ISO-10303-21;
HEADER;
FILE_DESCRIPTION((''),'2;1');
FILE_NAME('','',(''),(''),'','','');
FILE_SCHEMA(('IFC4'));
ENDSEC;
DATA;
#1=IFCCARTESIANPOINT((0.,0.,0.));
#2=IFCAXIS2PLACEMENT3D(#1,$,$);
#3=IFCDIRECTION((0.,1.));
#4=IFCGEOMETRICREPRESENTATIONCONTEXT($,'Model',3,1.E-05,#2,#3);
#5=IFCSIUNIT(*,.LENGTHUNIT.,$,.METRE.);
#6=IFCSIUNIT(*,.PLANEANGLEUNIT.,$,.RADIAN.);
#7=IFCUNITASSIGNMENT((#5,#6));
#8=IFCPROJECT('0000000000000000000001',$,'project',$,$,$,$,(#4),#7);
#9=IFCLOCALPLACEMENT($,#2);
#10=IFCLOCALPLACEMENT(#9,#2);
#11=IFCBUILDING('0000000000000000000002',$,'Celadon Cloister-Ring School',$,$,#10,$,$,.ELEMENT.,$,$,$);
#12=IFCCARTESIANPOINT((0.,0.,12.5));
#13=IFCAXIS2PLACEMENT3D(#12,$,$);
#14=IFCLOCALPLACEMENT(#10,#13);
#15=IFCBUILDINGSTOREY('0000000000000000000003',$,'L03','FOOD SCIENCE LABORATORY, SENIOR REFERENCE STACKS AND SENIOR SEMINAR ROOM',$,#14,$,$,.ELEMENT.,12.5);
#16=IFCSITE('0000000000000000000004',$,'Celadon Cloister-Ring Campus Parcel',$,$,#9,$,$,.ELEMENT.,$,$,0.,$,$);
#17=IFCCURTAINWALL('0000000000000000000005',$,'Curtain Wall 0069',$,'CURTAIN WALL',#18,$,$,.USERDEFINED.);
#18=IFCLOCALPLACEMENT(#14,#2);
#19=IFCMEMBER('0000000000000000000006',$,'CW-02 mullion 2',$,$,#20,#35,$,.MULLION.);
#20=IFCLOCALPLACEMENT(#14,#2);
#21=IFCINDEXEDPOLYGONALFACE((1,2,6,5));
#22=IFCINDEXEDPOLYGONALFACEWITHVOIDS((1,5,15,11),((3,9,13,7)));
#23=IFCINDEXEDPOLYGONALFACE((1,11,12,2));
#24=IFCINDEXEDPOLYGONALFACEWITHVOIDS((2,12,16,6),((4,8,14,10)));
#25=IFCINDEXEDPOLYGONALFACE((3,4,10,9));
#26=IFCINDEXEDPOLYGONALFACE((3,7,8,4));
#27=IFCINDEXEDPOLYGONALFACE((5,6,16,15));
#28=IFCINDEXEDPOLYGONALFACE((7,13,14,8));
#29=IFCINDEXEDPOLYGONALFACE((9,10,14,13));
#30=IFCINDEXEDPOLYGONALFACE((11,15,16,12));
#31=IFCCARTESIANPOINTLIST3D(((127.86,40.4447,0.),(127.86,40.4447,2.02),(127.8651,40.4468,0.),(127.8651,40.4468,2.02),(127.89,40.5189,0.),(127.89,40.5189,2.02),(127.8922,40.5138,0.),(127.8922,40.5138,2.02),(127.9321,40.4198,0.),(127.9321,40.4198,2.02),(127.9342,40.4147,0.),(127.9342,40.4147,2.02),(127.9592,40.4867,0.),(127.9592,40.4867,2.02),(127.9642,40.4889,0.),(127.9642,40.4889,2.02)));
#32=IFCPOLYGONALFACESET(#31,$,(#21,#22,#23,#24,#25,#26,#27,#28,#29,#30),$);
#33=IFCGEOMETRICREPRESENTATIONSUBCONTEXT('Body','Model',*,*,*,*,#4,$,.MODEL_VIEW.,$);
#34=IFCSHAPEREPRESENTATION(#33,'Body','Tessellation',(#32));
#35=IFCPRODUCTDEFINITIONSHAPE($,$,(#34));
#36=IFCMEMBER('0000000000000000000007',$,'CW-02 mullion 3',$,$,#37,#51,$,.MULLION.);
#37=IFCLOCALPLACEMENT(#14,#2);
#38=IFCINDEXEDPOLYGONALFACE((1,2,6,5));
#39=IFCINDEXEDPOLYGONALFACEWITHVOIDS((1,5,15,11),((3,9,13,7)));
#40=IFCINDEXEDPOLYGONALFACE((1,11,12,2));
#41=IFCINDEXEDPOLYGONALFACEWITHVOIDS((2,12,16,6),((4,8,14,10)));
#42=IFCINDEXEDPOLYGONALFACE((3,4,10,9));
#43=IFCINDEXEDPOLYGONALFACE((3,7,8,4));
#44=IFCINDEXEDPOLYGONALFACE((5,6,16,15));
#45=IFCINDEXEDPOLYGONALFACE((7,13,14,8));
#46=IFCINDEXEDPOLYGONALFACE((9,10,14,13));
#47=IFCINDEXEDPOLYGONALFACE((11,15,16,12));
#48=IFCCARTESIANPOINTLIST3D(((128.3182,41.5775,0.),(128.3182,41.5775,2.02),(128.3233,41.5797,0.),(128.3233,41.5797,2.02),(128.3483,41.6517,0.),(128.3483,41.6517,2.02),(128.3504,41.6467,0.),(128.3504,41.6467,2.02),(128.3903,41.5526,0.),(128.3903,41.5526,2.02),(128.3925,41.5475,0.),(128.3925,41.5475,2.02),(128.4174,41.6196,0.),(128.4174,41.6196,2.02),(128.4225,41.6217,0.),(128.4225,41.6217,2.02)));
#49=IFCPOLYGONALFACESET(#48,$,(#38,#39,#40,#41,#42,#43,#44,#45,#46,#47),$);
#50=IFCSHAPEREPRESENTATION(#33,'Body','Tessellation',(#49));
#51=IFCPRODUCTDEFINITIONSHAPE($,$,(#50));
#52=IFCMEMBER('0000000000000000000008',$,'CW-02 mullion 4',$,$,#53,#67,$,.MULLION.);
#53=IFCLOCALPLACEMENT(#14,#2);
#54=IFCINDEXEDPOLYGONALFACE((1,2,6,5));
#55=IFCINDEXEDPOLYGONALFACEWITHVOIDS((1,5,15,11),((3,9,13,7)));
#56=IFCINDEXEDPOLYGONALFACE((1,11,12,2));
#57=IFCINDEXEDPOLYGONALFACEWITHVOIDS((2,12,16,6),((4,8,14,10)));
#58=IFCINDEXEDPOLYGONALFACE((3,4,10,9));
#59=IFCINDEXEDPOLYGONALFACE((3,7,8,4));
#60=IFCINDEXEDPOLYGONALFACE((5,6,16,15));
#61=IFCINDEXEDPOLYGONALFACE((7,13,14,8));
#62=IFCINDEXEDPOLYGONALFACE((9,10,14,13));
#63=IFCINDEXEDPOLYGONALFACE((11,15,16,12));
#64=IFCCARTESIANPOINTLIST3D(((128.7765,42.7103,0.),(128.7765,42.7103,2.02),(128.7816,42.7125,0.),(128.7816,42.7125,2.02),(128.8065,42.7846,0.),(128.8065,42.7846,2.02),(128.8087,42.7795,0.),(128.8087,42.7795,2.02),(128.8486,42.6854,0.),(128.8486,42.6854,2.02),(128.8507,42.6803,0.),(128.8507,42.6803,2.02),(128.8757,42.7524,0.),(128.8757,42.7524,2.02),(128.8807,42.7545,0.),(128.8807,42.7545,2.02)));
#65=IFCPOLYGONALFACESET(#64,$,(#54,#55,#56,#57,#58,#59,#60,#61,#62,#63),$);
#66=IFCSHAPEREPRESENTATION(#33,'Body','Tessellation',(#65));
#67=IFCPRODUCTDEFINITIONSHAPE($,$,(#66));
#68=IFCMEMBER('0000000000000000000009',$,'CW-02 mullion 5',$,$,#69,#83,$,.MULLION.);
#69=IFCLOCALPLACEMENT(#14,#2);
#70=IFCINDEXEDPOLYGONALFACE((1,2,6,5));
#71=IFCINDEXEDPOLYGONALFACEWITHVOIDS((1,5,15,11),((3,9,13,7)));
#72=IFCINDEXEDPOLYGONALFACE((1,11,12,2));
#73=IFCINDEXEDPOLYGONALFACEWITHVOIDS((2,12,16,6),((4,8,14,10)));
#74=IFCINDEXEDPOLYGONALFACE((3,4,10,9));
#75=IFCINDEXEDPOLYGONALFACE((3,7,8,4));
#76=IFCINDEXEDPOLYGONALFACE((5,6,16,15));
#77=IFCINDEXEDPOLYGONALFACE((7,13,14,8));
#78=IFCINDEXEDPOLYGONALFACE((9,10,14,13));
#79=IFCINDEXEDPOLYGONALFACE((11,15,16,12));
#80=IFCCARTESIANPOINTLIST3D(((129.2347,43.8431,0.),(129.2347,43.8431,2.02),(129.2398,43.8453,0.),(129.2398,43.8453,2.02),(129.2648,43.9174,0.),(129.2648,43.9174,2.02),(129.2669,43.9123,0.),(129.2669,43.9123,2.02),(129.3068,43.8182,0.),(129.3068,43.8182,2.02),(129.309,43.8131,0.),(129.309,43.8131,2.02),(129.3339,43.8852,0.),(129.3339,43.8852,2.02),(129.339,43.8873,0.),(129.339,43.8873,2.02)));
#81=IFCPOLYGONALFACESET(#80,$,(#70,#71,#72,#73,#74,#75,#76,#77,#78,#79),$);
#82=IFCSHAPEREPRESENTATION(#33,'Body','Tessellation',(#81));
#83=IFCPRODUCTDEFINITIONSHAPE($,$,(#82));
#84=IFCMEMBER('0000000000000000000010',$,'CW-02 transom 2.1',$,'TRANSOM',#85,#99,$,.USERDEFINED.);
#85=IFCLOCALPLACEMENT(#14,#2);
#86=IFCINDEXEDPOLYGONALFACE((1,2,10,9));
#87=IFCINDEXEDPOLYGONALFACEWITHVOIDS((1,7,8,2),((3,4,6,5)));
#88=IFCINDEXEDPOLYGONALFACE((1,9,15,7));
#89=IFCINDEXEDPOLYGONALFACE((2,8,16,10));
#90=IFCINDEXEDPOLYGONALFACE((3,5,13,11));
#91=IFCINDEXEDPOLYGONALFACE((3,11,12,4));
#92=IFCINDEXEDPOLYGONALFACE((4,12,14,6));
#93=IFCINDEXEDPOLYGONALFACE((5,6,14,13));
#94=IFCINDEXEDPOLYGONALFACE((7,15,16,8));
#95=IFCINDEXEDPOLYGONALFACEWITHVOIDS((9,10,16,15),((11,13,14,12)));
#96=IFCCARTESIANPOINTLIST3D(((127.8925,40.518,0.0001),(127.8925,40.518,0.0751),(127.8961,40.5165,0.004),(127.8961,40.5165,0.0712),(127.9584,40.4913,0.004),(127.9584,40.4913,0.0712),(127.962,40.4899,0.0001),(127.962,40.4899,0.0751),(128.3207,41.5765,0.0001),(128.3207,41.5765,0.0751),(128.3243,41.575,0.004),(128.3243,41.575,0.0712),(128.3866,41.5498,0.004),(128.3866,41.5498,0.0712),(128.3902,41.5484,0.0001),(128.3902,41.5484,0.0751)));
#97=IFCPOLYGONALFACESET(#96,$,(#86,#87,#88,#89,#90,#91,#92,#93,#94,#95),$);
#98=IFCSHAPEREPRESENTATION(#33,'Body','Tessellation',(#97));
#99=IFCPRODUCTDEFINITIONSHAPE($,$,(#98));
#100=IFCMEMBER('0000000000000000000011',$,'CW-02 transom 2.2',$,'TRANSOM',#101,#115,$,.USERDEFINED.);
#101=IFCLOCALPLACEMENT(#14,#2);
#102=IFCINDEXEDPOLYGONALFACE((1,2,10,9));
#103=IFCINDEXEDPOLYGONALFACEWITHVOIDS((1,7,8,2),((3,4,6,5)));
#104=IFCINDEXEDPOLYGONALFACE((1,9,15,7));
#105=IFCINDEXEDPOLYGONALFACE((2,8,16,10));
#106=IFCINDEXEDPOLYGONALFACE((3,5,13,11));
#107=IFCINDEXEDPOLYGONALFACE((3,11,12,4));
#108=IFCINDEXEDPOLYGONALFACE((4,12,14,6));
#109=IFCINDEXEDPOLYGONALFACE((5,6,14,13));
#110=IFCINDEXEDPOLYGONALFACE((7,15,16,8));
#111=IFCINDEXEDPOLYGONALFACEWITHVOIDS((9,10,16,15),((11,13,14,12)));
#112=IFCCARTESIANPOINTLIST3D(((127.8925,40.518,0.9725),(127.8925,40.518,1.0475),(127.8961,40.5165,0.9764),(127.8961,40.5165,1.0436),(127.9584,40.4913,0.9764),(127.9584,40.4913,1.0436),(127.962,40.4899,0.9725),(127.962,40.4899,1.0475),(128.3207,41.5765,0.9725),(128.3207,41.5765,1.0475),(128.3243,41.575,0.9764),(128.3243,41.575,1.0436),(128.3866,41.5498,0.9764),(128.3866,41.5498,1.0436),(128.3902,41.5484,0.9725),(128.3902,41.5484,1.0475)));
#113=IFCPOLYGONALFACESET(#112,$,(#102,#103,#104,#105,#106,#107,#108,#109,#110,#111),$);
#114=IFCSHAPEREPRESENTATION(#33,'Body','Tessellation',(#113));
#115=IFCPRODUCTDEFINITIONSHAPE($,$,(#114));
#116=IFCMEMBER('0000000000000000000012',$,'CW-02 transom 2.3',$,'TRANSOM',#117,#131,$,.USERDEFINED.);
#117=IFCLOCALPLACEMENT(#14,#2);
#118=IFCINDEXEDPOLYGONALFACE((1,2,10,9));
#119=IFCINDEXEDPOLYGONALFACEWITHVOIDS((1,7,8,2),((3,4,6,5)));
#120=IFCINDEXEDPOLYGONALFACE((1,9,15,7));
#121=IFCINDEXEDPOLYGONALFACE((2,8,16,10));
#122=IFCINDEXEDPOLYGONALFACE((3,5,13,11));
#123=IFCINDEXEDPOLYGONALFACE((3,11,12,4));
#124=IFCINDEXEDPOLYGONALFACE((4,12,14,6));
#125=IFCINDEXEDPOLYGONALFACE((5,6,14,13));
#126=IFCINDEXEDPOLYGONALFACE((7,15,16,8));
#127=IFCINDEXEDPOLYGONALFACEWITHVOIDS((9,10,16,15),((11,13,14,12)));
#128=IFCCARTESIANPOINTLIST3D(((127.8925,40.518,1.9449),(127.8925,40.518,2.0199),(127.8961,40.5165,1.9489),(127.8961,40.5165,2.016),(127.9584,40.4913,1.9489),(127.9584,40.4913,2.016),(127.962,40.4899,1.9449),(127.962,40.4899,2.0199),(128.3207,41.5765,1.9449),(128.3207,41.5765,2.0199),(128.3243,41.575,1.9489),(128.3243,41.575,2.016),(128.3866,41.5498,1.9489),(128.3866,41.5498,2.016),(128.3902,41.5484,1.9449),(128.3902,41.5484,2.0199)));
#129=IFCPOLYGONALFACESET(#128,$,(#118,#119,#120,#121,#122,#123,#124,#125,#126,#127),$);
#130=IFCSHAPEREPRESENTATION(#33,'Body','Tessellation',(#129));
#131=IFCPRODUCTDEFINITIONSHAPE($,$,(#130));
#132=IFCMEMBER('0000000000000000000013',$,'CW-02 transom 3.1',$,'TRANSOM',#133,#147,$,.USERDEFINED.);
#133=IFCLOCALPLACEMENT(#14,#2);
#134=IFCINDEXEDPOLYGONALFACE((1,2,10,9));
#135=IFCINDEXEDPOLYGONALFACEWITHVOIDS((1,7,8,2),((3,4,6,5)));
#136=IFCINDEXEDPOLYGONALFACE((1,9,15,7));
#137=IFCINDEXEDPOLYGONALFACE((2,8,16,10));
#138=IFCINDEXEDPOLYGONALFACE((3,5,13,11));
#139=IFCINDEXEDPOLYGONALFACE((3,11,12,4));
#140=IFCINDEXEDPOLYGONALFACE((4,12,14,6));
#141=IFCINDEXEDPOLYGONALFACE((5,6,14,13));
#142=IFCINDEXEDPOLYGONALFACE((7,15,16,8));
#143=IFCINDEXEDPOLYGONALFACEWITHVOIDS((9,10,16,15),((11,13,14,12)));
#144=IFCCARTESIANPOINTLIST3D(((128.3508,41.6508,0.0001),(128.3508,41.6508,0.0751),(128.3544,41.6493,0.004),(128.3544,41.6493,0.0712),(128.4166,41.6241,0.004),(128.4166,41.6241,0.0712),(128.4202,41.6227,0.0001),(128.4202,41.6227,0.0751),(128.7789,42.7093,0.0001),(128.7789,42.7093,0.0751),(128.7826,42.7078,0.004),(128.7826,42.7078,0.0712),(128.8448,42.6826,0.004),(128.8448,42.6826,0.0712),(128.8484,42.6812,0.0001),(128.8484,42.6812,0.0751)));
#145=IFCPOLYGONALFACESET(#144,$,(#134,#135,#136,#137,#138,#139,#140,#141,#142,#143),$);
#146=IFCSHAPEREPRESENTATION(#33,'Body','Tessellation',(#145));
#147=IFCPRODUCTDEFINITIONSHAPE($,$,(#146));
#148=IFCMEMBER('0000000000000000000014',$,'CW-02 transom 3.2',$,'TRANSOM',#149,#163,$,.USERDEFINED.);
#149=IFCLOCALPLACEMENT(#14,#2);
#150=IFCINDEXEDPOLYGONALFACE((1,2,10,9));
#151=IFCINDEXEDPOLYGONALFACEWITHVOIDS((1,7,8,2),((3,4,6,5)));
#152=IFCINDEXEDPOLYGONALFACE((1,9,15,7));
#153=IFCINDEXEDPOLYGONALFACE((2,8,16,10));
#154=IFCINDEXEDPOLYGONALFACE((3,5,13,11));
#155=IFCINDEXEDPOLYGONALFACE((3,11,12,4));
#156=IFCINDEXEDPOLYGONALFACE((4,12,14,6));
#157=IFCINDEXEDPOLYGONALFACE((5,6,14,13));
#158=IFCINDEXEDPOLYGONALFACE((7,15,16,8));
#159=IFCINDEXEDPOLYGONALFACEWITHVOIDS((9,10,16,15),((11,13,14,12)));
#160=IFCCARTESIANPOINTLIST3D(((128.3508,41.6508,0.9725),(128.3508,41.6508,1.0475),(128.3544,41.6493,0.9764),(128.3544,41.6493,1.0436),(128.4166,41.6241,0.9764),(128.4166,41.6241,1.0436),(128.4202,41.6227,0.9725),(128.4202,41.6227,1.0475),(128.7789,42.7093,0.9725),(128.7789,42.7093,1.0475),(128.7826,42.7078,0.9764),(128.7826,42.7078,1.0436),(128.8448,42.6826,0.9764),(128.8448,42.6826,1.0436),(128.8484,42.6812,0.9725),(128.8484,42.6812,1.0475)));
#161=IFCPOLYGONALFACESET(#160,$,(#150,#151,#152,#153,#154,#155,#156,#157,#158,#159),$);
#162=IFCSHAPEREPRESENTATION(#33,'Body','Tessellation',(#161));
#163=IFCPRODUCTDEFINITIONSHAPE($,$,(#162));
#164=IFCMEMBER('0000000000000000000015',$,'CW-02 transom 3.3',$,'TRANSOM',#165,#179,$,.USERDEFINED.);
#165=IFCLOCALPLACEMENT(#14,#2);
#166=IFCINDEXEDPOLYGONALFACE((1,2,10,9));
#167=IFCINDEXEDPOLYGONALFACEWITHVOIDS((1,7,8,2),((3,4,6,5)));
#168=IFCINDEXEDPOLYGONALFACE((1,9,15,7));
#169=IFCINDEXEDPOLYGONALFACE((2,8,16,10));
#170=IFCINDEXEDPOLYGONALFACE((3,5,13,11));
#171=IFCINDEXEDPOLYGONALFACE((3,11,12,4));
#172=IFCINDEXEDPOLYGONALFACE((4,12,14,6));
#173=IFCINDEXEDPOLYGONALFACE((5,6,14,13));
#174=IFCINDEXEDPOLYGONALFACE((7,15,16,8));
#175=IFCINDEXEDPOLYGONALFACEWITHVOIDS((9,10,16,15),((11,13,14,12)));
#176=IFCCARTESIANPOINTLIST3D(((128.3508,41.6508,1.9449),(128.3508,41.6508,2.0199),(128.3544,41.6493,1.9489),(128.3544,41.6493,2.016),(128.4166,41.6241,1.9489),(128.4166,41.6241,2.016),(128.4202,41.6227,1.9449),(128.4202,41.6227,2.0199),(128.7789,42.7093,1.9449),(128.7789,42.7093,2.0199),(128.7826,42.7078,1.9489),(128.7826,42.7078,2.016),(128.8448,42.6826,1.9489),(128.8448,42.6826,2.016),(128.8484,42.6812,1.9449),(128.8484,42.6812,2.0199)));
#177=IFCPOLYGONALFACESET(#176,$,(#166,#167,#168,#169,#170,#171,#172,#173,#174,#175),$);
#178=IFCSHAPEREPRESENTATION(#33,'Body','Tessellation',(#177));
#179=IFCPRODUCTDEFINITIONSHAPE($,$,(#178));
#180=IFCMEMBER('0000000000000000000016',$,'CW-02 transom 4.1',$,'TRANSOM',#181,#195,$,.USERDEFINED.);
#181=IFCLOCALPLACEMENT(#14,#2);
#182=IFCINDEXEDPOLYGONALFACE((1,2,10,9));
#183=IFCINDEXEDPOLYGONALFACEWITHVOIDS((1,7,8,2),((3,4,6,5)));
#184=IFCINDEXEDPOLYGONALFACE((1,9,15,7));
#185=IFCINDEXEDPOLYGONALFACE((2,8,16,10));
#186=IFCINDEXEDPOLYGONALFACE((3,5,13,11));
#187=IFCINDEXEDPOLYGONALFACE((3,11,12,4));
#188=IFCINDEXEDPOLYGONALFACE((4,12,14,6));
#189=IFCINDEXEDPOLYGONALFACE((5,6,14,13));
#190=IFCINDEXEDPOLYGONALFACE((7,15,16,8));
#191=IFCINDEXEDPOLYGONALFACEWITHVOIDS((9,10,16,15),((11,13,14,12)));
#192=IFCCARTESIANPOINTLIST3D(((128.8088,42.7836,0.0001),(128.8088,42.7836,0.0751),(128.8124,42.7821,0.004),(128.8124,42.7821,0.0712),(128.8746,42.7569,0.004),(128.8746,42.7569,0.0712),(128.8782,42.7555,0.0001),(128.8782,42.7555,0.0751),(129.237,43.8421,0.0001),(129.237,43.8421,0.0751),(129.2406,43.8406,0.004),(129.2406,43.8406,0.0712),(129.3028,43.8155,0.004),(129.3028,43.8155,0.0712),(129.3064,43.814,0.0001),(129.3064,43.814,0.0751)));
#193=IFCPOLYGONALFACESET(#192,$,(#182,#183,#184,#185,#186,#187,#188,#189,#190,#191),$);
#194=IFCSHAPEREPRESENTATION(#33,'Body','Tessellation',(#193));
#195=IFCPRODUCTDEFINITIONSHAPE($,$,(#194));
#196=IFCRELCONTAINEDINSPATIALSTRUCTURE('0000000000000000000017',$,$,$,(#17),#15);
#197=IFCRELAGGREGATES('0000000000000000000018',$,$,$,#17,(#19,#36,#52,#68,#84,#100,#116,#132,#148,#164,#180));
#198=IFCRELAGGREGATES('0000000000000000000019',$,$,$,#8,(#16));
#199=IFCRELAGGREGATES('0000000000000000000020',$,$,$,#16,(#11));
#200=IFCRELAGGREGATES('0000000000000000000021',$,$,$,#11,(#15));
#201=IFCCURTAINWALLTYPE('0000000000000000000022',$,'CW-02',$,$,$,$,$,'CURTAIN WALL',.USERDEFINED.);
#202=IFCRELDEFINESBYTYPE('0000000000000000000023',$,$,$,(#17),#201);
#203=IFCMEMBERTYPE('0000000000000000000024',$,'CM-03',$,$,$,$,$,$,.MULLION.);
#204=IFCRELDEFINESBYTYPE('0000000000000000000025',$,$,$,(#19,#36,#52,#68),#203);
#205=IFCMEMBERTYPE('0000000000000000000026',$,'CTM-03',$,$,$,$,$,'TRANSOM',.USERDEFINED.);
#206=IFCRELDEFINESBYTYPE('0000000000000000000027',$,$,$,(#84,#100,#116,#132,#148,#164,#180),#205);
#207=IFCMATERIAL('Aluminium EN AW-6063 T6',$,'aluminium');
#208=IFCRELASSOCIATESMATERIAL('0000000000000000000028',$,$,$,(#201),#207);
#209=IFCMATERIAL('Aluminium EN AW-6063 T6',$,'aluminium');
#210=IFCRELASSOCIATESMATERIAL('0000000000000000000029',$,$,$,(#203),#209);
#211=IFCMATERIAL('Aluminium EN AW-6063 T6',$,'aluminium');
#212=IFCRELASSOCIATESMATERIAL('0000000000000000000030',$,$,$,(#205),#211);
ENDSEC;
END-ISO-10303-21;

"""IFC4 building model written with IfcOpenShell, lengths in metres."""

from ifc_helpers import new_model, si_unit, direction, frame, origin, origin_2d, place, context, subcontext, project, spatial, hollow_rectangle, extrude, material, material_profile, profile_set, type_object, element, aggregate, save


model = new_model("IFC4")

# Units and contexts
model_context = context("Model", 3, precision=1e-05, world=origin(), true_north=direction((0.0, 1.0)))
body_context = subcontext(model_context, "Body", "Model", "MODEL_VIEW")
ifc_project = project(units=[si_unit("LENGTHUNIT", "METRE"), si_unit("PLANEANGLEUNIT", "RADIAN")], contexts=[model_context])

# Site, building, storey
site_placement = place(None, origin())
site = spatial("IfcSite", under=ifc_project, at=site_placement, Name="Celadon Cloister-Ring Campus Parcel", CompositionType="ELEMENT", RefElevation=0.0)
building_placement = place(site_placement, origin())
building = spatial("IfcBuilding", under=site, at=building_placement, Name="Celadon Cloister-Ring School", CompositionType="ELEMENT")
storey_placement = place(building_placement, frame((0.0, 0.0, 12.5)))
storey = spatial("IfcBuildingStorey", under=building, at=storey_placement, Name="L03", Description="FOOD SCIENCE LABORATORY, SENIOR REFERENCE STACKS AND SENIOR SEMINAR ROOM", CompositionType="ELEMENT", Elevation=12.5)

# Curtain wall, members
ifc_material_1 = material(Name="Aluminium EN AW-6063 T6", Category="aluminium")
curtain_wall_type = type_object("IfcCurtainWallType", Name="CW-02", ElementType="CURTAIN WALL", PredefinedType="USERDEFINED", material=ifc_material_1)
curtain_wall_placement = place(storey_placement, origin())
curtain_wall = element("IfcCurtainWall", 1, at=curtain_wall_placement, inside=storey, type_object=curtain_wall_type, Name="Curtain Wall 0069", ObjectType="CURTAIN WALL", PredefinedType="USERDEFINED")
ifc_material_2 = material(Name="Aluminium EN AW-6063 T6", Category="aluminium")
ifc_material_profile_1 = material_profile(ifc_material_2, hollow_rectangle(XDim=0.0801, YDim=0.0801, WallThickness=0.0039, at=origin_2d()), Name="RHS80X80X4")
ifc_profile_set_1 = profile_set([ifc_material_profile_1], Name="Aluminium EN AW-6063 T6")
member_type_1 = type_object("IfcMemberType", Name="CM-03", PredefinedType="MULLION", material=ifc_profile_set_1)
member_1_placement = place(storey_placement, frame((127.9121, 40.4668, 0.0), z_axis=(0.0, 0.0, 1.0), x_axis=(-0.927036, 0.374972, 0.0)))
member_1 = element("IfcMember", 2, at=member_1_placement, type_object=member_type_1, Name="CW-02 mullion 2", PredefinedType="MULLION", context=body_context, shape_type="SweptSolid", body=[
    extrude(hollow_rectangle(XDim=0.0801, YDim=0.0801, WallThickness=0.0039, at=origin_2d()), origin(), (0.0, 0.0, 1.0), 2.02),
])
member_2_placement = place(storey_placement, frame((128.3704, 41.5996, 0.0), z_axis=(0.0, 0.0, 1.0), x_axis=(-0.927036, 0.374972, 0.0)))
member_2 = element("IfcMember", 3, at=member_2_placement, type_object=member_type_1, Name="CW-02 mullion 3", PredefinedType="MULLION", context=body_context, shape_type="SweptSolid", body=[
    extrude(hollow_rectangle(XDim=0.0801, YDim=0.0801, WallThickness=0.0039, at=origin_2d()), origin(), (0.0, 0.0, 1.0), 2.02),
])
member_3_placement = place(storey_placement, frame((128.8286, 42.7324, 0.0), z_axis=(0.0, 0.0, 1.0), x_axis=(-0.927036, 0.374972, 0.0)))
member_3 = element("IfcMember", 4, at=member_3_placement, type_object=member_type_1, Name="CW-02 mullion 4", PredefinedType="MULLION", context=body_context, shape_type="SweptSolid", body=[
    extrude(hollow_rectangle(XDim=0.0801, YDim=0.0801, WallThickness=0.0039, at=origin_2d()), origin(), (0.0, 0.0, 1.0), 2.02),
])
member_4_placement = place(storey_placement, frame((129.2869, 43.8652, 0.0), z_axis=(0.0, 0.0, 1.0), x_axis=(-0.927036, 0.374972, 0.0)))
member_4 = element("IfcMember", 5, at=member_4_placement, type_object=member_type_1, Name="CW-02 mullion 5", PredefinedType="MULLION", context=body_context, shape_type="SweptSolid", body=[
    extrude(hollow_rectangle(XDim=0.0801, YDim=0.0801, WallThickness=0.0039, at=origin_2d()), origin(), (0.0, 0.0, 1.0), 2.02),
])
ifc_material_3 = material(Name="Aluminium EN AW-6063 T6", Category="aluminium")
ifc_material_profile_2 = material_profile(ifc_material_3, hollow_rectangle(XDim=0.075, YDim=0.075, WallThickness=0.0039, at=origin_2d()), Name="RHS75X75X4")
ifc_profile_set_2 = profile_set([ifc_material_profile_2], Name="Aluminium EN AW-6063 T6")
member_type_2 = type_object("IfcMemberType", Name="CTM-03", ElementType="TRANSOM", PredefinedType="USERDEFINED", material=ifc_profile_set_2)
member_5_placement = place(storey_placement, frame((127.9272, 40.5039, 0.0376), z_axis=(0.375, 0.927025, 0.0), x_axis=(-0.927025, 0.375, 0.0)))
member_5 = element("IfcMember", 6, at=member_5_placement, type_object=member_type_2, Name="CW-02 transom 2.1", ObjectType="TRANSOM", PredefinedType="USERDEFINED", context=body_context, shape_type="SweptSolid", body=[
    extrude(hollow_rectangle(XDim=0.075, YDim=0.075, WallThickness=0.0039, at=origin_2d()), origin(), (0.0, 0.0, 1.0), 1.1418),
])
member_6_placement = place(storey_placement, frame((127.9272, 40.5039, 1.01), z_axis=(0.375, 0.927025, 0.0), x_axis=(-0.927025, 0.375, 0.0)))
member_6 = element("IfcMember", 7, at=member_6_placement, type_object=member_type_2, Name="CW-02 transom 2.2", ObjectType="TRANSOM", PredefinedType="USERDEFINED", context=body_context, shape_type="SweptSolid", body=[
    extrude(hollow_rectangle(XDim=0.075, YDim=0.075, WallThickness=0.0039, at=origin_2d()), origin(), (0.0, 0.0, 1.0), 1.1418),
])
member_7_placement = place(storey_placement, frame((127.9272, 40.5039, 1.9824), z_axis=(0.375, 0.927025, 0.0), x_axis=(-0.927025, 0.375, 0.0)))
member_7 = element("IfcMember", 8, at=member_7_placement, type_object=member_type_2, Name="CW-02 transom 2.3", ObjectType="TRANSOM", PredefinedType="USERDEFINED", context=body_context, shape_type="SweptSolid", body=[
    extrude(hollow_rectangle(XDim=0.075, YDim=0.075, WallThickness=0.0039, at=origin_2d()), origin(), (0.0, 0.0, 1.0), 1.1418),
])
member_8_placement = place(storey_placement, frame((128.3855, 41.6367, 0.0376), z_axis=(0.375, 0.927025, 0.0), x_axis=(-0.927025, 0.375, 0.0)))
member_8 = element("IfcMember", 9, at=member_8_placement, type_object=member_type_2, Name="CW-02 transom 3.1", ObjectType="TRANSOM", PredefinedType="USERDEFINED", context=body_context, shape_type="SweptSolid", body=[
    extrude(hollow_rectangle(XDim=0.075, YDim=0.075, WallThickness=0.0039, at=origin_2d()), origin(), (0.0, 0.0, 1.0), 1.1418),
])
member_9_placement = place(storey_placement, frame((128.3855, 41.6367, 1.01), z_axis=(0.375, 0.927025, 0.0), x_axis=(-0.927025, 0.375, 0.0)))
member_9 = element("IfcMember", 10, at=member_9_placement, type_object=member_type_2, Name="CW-02 transom 3.2", ObjectType="TRANSOM", PredefinedType="USERDEFINED", context=body_context, shape_type="SweptSolid", body=[
    extrude(hollow_rectangle(XDim=0.075, YDim=0.075, WallThickness=0.0039, at=origin_2d()), origin(), (0.0, 0.0, 1.0), 1.1418),
])
member_10_placement = place(storey_placement, frame((128.3855, 41.6367, 1.9824), z_axis=(0.375, 0.927025, 0.0), x_axis=(-0.927025, 0.375, 0.0)))
member_10 = element("IfcMember", 11, at=member_10_placement, type_object=member_type_2, Name="CW-02 transom 3.3", ObjectType="TRANSOM", PredefinedType="USERDEFINED", context=body_context, shape_type="SweptSolid", body=[
    extrude(hollow_rectangle(XDim=0.075, YDim=0.075, WallThickness=0.0039, at=origin_2d()), origin(), (0.0, 0.0, 1.0), 1.1418),
])
member_11_placement = place(storey_placement, frame((128.8435, 42.7695, 0.0376), z_axis=(0.375, 0.927025, 0.0), x_axis=(-0.927025, 0.375, 0.0)))
member_11 = element("IfcMember", 12, at=member_11_placement, type_object=member_type_2, Name="CW-02 transom 4.1", ObjectType="TRANSOM", PredefinedType="USERDEFINED", context=body_context, shape_type="SweptSolid", body=[
    extrude(hollow_rectangle(XDim=0.075, YDim=0.075, WallThickness=0.0039, at=origin_2d()), origin(), (0.0, 0.0, 1.0), 1.1418),
])
aggregate(curtain_wall, [member_1, member_2, member_3, member_4, member_5, member_6, member_7, member_8, member_9, member_10, member_11])

save(model, "model.ifc")
